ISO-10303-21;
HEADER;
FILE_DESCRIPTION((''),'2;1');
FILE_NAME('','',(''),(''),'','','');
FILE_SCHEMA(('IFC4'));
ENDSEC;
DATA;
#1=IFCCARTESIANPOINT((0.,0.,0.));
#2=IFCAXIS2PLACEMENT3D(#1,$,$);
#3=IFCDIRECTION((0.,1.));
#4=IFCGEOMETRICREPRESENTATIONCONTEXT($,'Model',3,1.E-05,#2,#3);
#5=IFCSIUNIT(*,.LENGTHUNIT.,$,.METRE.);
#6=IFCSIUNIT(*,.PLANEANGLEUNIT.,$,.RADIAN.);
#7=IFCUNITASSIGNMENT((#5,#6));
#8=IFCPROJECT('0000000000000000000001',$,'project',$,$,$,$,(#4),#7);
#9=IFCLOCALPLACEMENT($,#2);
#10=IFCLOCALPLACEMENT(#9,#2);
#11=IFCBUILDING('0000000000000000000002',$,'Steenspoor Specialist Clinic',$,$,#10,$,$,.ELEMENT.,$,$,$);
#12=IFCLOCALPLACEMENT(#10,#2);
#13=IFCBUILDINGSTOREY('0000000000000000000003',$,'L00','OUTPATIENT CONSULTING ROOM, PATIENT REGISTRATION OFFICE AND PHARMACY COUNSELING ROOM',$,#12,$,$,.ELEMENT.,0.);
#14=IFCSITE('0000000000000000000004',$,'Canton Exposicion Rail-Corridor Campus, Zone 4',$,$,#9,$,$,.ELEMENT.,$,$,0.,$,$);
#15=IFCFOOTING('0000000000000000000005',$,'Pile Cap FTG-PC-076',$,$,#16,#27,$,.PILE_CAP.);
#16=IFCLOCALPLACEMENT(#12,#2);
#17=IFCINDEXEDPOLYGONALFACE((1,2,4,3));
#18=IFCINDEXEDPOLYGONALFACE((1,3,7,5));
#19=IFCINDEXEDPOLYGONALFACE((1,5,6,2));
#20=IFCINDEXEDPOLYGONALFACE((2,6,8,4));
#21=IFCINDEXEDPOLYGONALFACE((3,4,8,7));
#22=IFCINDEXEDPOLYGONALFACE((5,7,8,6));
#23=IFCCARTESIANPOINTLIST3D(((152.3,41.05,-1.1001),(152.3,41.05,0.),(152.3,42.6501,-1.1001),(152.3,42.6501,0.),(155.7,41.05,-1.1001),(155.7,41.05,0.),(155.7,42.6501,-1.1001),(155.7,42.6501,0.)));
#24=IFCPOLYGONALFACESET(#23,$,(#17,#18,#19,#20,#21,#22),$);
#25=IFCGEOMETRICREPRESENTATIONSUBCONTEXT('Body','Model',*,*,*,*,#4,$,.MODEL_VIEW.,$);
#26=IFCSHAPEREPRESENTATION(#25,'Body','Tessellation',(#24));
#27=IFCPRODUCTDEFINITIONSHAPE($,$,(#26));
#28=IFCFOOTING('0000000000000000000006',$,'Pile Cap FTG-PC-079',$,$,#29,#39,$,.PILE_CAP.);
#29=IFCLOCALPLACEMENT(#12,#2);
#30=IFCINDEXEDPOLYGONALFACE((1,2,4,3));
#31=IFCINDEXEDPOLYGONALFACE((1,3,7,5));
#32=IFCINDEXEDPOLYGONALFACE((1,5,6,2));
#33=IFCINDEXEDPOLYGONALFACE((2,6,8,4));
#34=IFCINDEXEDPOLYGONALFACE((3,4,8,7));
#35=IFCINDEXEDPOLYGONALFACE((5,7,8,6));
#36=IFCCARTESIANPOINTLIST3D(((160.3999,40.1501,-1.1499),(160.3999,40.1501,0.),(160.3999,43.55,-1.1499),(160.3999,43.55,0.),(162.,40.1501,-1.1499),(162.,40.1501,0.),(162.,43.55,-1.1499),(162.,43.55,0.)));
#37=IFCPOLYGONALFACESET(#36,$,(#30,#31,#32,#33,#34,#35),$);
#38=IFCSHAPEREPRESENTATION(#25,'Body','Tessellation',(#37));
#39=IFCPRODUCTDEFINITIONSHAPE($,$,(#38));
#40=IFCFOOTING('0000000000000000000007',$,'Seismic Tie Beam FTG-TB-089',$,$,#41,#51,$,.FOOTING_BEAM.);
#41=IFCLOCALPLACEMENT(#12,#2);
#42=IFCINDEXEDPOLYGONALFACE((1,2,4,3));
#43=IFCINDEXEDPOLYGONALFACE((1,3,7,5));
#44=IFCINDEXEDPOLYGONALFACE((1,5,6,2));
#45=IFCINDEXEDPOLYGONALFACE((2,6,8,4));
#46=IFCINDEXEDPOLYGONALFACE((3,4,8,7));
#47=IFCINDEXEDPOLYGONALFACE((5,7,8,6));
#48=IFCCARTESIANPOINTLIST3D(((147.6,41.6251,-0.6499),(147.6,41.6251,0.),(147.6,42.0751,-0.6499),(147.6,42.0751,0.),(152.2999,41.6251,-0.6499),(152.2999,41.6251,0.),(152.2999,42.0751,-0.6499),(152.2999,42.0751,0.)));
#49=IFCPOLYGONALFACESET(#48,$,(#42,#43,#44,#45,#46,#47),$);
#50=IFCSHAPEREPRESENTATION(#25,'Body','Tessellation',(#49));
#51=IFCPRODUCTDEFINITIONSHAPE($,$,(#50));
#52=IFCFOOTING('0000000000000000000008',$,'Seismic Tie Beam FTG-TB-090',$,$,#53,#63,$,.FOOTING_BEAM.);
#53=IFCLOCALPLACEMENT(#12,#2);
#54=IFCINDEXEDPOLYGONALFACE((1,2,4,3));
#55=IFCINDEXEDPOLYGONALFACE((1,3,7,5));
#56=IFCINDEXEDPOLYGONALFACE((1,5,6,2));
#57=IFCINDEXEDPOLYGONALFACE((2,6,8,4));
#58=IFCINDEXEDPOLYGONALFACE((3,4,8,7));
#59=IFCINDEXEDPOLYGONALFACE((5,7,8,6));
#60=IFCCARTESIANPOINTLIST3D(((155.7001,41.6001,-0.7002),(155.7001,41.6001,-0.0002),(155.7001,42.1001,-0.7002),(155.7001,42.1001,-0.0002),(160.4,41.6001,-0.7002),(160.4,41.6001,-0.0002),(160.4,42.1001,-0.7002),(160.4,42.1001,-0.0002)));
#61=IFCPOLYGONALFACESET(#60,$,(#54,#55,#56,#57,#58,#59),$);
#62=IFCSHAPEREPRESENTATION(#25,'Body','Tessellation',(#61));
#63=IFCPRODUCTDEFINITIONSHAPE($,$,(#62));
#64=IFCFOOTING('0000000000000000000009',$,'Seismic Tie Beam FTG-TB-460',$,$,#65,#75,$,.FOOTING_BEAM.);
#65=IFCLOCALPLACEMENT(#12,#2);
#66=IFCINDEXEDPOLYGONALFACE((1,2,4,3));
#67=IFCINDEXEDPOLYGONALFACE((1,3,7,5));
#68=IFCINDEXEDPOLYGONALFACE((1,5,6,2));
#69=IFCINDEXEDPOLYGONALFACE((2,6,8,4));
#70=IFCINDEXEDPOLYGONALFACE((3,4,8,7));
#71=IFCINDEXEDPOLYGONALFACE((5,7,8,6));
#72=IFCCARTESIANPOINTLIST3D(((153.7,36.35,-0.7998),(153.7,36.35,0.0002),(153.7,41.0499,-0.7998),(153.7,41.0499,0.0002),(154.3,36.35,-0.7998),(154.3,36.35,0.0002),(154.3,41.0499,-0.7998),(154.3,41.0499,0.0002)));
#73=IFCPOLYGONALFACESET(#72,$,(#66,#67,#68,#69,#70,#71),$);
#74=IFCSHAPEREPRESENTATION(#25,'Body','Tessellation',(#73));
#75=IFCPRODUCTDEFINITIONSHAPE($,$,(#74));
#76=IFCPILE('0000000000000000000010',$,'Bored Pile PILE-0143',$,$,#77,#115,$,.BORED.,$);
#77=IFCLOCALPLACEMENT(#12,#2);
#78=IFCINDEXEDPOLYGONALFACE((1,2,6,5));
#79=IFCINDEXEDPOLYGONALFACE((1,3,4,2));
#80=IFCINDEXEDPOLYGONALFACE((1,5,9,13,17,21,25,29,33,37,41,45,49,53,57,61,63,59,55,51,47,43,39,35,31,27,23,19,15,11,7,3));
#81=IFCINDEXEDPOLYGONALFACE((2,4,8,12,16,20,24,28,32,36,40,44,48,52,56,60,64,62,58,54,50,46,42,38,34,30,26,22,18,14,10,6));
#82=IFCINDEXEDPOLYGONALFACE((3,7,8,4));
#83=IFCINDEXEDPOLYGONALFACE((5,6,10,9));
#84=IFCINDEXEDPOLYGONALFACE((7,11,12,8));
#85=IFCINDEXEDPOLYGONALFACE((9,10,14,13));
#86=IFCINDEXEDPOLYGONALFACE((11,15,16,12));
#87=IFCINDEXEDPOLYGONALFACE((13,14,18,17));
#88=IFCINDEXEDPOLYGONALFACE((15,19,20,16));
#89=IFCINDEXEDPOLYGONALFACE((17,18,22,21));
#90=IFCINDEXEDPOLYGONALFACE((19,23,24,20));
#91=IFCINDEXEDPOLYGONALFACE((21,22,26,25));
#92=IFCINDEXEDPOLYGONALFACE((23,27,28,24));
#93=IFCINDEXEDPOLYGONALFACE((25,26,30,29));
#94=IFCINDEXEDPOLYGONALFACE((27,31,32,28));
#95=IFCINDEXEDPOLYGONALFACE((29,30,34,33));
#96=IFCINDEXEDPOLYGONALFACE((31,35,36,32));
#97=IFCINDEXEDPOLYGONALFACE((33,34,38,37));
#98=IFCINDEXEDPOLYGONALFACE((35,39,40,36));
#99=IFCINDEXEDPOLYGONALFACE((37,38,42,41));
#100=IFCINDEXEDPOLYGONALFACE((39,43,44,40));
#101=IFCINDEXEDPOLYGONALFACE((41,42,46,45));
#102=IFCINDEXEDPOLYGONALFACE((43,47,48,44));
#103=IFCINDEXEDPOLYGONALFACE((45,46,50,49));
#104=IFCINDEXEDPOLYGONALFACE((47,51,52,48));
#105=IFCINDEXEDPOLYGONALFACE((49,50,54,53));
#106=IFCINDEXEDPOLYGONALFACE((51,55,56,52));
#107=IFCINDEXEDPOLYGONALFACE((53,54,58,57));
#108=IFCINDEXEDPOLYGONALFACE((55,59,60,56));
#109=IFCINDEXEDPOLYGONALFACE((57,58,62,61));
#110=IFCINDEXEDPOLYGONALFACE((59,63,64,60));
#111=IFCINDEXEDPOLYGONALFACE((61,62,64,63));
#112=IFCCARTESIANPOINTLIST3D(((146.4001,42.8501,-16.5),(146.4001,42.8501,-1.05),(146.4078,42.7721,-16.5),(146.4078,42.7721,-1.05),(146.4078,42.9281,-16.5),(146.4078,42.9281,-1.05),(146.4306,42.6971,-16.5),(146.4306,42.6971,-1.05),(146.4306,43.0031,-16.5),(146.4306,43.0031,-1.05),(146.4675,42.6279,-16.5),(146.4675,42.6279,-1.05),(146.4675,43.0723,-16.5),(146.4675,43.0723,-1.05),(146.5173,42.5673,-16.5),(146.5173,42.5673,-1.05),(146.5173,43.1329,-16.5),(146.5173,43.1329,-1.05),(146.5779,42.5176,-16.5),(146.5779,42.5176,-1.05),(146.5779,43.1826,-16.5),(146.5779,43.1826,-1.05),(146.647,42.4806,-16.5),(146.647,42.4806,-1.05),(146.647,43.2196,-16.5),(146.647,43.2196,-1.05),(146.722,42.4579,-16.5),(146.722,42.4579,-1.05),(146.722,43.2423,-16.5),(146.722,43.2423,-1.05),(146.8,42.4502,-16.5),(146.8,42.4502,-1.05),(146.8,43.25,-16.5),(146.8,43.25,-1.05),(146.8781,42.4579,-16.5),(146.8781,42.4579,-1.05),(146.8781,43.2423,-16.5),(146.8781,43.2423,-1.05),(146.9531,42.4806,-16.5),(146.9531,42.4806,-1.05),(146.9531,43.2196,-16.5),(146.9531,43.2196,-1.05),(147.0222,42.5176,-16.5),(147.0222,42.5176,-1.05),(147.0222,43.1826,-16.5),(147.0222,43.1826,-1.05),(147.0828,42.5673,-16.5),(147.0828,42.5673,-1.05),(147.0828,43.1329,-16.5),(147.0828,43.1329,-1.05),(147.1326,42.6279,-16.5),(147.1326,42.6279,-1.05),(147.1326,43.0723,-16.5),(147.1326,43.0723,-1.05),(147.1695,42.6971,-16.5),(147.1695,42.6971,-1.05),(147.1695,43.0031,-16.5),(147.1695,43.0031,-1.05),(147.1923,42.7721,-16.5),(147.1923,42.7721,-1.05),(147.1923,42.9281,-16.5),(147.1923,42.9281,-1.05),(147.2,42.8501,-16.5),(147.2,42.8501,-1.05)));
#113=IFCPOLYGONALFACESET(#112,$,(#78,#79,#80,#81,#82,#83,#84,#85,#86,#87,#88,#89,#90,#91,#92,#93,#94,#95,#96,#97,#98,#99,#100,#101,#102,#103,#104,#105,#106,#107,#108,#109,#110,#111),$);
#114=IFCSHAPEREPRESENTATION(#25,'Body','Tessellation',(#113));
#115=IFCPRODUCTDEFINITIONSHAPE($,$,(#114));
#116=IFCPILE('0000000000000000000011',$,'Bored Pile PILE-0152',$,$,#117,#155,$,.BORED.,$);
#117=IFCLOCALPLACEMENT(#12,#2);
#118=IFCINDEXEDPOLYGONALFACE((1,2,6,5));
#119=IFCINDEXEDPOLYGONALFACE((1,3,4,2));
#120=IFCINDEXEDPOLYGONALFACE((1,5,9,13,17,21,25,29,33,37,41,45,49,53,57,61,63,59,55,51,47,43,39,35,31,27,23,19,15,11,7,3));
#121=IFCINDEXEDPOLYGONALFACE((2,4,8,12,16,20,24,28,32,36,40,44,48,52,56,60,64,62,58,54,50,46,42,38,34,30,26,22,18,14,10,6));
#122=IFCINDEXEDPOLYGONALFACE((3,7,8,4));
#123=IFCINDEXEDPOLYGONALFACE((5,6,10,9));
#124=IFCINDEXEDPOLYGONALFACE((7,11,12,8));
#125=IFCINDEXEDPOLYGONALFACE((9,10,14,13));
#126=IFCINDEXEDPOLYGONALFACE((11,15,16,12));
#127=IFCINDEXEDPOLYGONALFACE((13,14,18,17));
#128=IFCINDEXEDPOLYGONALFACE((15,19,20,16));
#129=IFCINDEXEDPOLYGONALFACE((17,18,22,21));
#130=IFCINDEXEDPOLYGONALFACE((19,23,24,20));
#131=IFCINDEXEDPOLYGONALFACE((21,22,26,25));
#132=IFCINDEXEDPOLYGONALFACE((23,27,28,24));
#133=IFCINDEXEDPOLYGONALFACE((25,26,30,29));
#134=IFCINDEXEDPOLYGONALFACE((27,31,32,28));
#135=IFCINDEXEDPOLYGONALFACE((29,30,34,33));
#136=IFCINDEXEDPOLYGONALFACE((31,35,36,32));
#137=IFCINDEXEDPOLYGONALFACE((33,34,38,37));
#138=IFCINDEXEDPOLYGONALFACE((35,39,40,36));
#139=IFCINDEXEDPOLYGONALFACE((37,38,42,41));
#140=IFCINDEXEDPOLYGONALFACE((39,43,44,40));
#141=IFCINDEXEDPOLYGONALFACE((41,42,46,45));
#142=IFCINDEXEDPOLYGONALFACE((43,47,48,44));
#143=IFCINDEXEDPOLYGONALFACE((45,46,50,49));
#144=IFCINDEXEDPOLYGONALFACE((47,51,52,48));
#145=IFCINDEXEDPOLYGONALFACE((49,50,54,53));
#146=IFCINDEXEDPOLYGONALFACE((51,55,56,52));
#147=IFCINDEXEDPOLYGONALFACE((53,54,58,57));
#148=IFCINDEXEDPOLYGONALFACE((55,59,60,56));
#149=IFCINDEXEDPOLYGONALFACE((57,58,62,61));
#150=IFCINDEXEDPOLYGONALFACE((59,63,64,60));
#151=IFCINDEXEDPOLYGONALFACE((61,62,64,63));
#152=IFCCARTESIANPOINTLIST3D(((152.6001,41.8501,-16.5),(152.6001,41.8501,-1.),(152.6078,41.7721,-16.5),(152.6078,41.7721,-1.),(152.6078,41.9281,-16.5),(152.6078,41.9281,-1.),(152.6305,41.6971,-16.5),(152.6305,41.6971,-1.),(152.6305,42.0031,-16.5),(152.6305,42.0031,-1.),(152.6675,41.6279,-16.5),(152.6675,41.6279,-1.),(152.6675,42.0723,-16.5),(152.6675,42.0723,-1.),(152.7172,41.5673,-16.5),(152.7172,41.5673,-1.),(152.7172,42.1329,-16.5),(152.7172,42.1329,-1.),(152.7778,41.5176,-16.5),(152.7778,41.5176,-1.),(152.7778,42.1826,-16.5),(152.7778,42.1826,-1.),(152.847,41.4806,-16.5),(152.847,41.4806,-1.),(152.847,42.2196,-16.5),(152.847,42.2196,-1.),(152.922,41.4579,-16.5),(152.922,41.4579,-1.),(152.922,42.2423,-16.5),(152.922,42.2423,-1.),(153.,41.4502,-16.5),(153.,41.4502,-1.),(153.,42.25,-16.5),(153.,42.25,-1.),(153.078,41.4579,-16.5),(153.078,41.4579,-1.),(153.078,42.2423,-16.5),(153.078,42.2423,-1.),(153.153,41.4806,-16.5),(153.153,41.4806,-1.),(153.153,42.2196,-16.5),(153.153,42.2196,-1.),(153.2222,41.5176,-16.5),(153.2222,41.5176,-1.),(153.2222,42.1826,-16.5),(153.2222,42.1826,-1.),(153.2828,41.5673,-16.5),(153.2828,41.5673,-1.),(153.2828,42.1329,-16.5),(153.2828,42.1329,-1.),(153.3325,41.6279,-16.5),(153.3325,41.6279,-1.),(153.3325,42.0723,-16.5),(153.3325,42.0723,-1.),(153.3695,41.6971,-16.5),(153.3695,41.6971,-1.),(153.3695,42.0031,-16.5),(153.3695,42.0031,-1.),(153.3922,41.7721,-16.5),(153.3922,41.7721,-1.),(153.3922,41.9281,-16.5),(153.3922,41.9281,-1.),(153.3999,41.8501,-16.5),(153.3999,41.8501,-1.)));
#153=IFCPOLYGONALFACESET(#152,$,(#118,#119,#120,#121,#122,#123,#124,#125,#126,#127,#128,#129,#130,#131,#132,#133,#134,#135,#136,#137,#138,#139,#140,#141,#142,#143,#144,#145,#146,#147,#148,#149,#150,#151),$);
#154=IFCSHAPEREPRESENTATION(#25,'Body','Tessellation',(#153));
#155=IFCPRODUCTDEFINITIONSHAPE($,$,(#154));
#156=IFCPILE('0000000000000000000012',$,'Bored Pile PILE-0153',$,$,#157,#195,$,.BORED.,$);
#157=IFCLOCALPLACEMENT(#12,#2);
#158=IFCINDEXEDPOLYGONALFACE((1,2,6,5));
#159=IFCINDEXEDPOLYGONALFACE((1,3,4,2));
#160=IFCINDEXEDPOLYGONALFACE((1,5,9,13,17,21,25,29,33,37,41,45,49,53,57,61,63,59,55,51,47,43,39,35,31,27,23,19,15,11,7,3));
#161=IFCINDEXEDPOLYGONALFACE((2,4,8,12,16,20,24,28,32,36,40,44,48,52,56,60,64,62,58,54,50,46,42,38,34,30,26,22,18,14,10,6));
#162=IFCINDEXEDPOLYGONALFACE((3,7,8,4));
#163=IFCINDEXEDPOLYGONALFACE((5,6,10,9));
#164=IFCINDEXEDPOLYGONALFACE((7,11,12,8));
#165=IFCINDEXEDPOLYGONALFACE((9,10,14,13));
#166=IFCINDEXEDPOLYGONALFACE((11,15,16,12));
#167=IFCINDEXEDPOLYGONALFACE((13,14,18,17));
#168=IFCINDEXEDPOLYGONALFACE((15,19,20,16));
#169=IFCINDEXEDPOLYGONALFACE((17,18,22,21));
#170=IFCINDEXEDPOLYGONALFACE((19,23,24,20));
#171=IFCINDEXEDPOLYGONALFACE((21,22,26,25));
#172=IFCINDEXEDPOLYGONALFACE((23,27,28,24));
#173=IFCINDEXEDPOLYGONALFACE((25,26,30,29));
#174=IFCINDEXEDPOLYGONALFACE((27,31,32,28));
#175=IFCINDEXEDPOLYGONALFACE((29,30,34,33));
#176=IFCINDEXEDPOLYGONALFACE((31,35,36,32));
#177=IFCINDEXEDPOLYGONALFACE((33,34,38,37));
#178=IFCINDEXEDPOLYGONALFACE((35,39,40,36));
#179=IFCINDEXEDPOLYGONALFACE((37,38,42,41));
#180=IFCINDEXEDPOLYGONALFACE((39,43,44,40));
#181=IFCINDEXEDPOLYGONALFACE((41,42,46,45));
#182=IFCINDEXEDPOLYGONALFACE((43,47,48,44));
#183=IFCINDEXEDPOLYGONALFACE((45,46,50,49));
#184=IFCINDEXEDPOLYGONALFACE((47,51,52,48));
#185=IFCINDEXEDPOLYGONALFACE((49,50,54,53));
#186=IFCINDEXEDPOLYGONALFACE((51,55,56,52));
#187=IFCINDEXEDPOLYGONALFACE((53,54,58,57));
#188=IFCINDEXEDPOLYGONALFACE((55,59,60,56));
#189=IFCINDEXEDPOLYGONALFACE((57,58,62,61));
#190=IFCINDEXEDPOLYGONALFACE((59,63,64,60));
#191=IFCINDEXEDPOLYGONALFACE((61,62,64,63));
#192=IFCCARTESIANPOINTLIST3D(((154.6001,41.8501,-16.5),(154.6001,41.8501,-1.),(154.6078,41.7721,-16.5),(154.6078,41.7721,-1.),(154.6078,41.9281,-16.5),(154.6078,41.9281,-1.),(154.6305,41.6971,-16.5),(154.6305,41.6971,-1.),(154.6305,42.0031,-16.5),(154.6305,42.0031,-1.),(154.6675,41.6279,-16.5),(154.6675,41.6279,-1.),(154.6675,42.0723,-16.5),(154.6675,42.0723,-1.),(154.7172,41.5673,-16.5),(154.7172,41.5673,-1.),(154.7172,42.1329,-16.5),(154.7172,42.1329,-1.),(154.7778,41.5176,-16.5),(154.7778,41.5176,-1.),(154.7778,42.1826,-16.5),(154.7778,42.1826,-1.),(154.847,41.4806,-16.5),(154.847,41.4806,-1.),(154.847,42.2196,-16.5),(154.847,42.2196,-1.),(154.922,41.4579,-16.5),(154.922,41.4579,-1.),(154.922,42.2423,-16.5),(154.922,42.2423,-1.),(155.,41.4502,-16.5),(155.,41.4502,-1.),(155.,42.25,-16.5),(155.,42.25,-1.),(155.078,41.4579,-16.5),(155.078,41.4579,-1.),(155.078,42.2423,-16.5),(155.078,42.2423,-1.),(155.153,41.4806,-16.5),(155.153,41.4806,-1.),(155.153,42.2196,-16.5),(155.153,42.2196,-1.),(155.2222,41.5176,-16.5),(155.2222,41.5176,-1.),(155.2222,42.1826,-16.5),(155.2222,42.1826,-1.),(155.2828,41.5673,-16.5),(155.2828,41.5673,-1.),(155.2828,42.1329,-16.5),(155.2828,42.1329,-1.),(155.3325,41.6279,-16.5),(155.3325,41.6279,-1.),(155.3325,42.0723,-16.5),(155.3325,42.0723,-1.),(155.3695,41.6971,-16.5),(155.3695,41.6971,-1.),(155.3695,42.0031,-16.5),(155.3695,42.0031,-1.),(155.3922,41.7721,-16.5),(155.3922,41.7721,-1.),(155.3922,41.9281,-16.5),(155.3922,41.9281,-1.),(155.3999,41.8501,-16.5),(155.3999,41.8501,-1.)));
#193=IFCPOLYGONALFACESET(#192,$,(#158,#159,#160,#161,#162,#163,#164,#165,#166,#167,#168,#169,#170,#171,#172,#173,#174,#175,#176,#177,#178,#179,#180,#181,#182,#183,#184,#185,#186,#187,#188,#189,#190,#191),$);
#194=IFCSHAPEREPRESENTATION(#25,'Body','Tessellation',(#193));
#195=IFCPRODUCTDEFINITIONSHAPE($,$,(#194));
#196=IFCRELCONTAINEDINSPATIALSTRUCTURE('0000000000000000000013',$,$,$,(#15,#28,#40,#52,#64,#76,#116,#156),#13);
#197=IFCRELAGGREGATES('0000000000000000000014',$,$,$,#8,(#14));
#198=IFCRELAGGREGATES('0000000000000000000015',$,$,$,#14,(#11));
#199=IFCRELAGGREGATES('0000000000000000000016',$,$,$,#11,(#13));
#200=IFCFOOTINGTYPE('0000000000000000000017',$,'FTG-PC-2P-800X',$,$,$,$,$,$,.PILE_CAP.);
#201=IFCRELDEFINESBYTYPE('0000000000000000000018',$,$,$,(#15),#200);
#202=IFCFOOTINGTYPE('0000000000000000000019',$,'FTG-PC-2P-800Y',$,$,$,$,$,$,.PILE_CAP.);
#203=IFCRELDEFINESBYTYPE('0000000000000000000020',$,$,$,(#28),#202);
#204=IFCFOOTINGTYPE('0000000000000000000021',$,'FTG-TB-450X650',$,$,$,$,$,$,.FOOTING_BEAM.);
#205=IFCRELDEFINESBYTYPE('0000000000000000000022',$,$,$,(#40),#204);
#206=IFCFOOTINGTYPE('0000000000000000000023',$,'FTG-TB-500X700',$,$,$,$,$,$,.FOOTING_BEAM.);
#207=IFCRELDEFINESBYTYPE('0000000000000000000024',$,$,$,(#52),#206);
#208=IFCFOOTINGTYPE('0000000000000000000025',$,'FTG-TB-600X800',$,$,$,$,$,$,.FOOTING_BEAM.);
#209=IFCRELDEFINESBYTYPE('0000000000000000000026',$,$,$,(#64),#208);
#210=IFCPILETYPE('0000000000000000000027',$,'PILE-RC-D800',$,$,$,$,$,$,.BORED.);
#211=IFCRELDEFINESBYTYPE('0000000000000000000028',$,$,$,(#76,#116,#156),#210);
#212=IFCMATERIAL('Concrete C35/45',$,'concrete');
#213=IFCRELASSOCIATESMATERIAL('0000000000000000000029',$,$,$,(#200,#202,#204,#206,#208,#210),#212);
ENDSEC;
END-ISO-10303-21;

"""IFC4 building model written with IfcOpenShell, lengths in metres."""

from ifc_helpers import new_model, si_unit, direction, frame, origin, origin_2d, place, context, subcontext, project, spatial, rectangle, circle, extrude, material, material_profile, profile_set, type_object, element, save


model = new_model("IFC4")

# Units and contexts
model_context = context("Model", 3, precision=1e-05, world=origin(), true_north=direction((0.0, 1.0)))
body_context = subcontext(model_context, "Body", "Model", "MODEL_VIEW")
ifc_project = project(units=[si_unit("LENGTHUNIT", "METRE"), si_unit("PLANEANGLEUNIT", "RADIAN")], contexts=[model_context])

# Site, building, storey
site_placement = place(None, origin())
site = spatial("IfcSite", under=ifc_project, at=site_placement, Name="Canton Exposicion Rail-Corridor Campus, Zone 4", CompositionType="ELEMENT", RefElevation=0.0)
building_placement = place(site_placement, origin())
building = spatial("IfcBuilding", under=site, at=building_placement, Name="Steenspoor Specialist Clinic", CompositionType="ELEMENT")
storey_placement = place(building_placement, origin())
storey = spatial("IfcBuildingStorey", under=building, at=storey_placement, Name="L00", Description="OUTPATIENT CONSULTING ROOM, PATIENT REGISTRATION OFFICE AND PHARMACY COUNSELING ROOM", CompositionType="ELEMENT", Elevation=0.0)

# Footings
ifc_material_1 = material(Name="Concrete C35/45", Category="concrete")
footing_type_1 = type_object("IfcFootingType", Name="FTG-PC-2P-800X", PredefinedType="PILE_CAP", material=ifc_material_1)
footing_1_placement = place(storey_placement, frame((154.0, 41.8501, -1.1001), z_axis=(0.0, 0.0, 1.0), x_axis=(1.0, 0.0, 0.0)))
element("IfcFooting", 1, at=footing_1_placement, inside=storey, type_object=footing_type_1, Name="Pile Cap FTG-PC-076", PredefinedType="PILE_CAP", context=body_context, shape_type="SweptSolid", body=[
    extrude(rectangle(XDim=3.3999, YDim=1.6001, at=origin_2d()), origin(), (0.0, 0.0, 1.0), 1.1001),
])
footing_type_2 = type_object("IfcFootingType", Name="FTG-PC-2P-800Y", PredefinedType="PILE_CAP", material=ifc_material_1)
footing_2_placement = place(storey_placement, frame((161.2, 41.8501, -1.1499), z_axis=(0.0, 0.0, 1.0), x_axis=(1.0, 0.0, 0.0)))
element("IfcFooting", 2, at=footing_2_placement, inside=storey, type_object=footing_type_2, Name="Pile Cap FTG-PC-079", PredefinedType="PILE_CAP", context=body_context, shape_type="SweptSolid", body=[
    extrude(rectangle(XDim=1.6001, YDim=3.3999, at=origin_2d()), origin(), (0.0, 0.0, 1.0), 1.1499),
])
footing_type_3 = type_object("IfcFootingType", Name="FTG-TB-450X650", PredefinedType="FOOTING_BEAM", material=ifc_material_1)
footing_3_placement = place(storey_placement, frame((149.95, 41.8501, -0.6499), z_axis=(0.0, 0.0, 1.0), x_axis=(1.0, 0.0, 0.0)))
element("IfcFooting", 3, at=footing_3_placement, inside=storey, type_object=footing_type_3, Name="Seismic Tie Beam FTG-TB-089", PredefinedType="FOOTING_BEAM", context=body_context, shape_type="SweptSolid", body=[
    extrude(rectangle(XDim=4.7, YDim=0.45, at=origin_2d()), origin(), (0.0, 0.0, 1.0), 0.6499),
])
footing_type_4 = type_object("IfcFootingType", Name="FTG-TB-500X700", PredefinedType="FOOTING_BEAM", material=ifc_material_1)
footing_4_placement = place(storey_placement, frame((158.05, 41.8501, -0.7002), z_axis=(0.0, 0.0, 1.0), x_axis=(1.0, 0.0, 0.0)))
element("IfcFooting", 4, at=footing_4_placement, inside=storey, type_object=footing_type_4, Name="Seismic Tie Beam FTG-TB-090", PredefinedType="FOOTING_BEAM", context=body_context, shape_type="SweptSolid", body=[
    extrude(rectangle(XDim=4.7, YDim=0.5, at=origin_2d()), origin(), (0.0, 0.0, 1.0), 0.7),
])
footing_type_5 = type_object("IfcFootingType", Name="FTG-TB-600X800", PredefinedType="FOOTING_BEAM", material=ifc_material_1)
footing_5_placement = place(storey_placement, frame((154.0, 38.7, -0.7998), z_axis=(0.0, 0.0, 1.0), x_axis=(1.0, 0.0, 0.0)))
element("IfcFooting", 5, at=footing_5_placement, inside=storey, type_object=footing_type_5, Name="Seismic Tie Beam FTG-TB-460", PredefinedType="FOOTING_BEAM", context=body_context, shape_type="SweptSolid", body=[
    extrude(rectangle(XDim=0.6001, YDim=4.7, at=origin_2d()), origin(), (0.0, 0.0, 1.0), 0.8),
])

# Piles
ifc_material_profile_1 = material_profile(ifc_material_1, circle(Radius=0.3999, at=origin_2d()), Name="PILE-D800")
ifc_profile_set_1 = profile_set([ifc_material_profile_1], Name="Concrete C35/45")
pile_type = type_object("IfcPileType", Name="PILE-RC-D800", PredefinedType="BORED", material=ifc_profile_set_1)
pile_placement = place(storey_placement, frame((146.8, 42.8501, -1.05), z_axis=(0.0, 0.0, -1.0), x_axis=(1.0, 0.0, 0.0)))
element("IfcPile", 6, at=pile_placement, inside=storey, type_object=pile_type, Name="Bored Pile PILE-0143", PredefinedType="BORED", context=body_context, shape_type="SweptSolid", body=[
    extrude(circle(Radius=0.3999, at=origin_2d()), origin(), (0.0, 0.0, 1.0), 15.45),
])
for number, where, z_axis, x_axis, name in (
    (7, (153.0, 41.8501, -1.0), (0.0, 0.0, -1.0), (1.0, 0.0, 0.0), "Bored Pile PILE-0152"),
    (8, (155.0, 41.8501, -1.0), (0.0, 0.0, -1.0), (1.0, 0.0, 0.0), "Bored Pile PILE-0153"),
):
    element("IfcPile", number, at=place(storey_placement, frame(where, z_axis=z_axis, x_axis=x_axis)), inside=storey, type_object=pile_type, Name=name, PredefinedType="BORED", context=body_context, shape_type="SweptSolid", body=[
        extrude(circle(Radius=0.3999, at=origin_2d()), origin(), (0.0, 0.0, 1.0), 15.5),
    ])

save(model, "model.ifc")
